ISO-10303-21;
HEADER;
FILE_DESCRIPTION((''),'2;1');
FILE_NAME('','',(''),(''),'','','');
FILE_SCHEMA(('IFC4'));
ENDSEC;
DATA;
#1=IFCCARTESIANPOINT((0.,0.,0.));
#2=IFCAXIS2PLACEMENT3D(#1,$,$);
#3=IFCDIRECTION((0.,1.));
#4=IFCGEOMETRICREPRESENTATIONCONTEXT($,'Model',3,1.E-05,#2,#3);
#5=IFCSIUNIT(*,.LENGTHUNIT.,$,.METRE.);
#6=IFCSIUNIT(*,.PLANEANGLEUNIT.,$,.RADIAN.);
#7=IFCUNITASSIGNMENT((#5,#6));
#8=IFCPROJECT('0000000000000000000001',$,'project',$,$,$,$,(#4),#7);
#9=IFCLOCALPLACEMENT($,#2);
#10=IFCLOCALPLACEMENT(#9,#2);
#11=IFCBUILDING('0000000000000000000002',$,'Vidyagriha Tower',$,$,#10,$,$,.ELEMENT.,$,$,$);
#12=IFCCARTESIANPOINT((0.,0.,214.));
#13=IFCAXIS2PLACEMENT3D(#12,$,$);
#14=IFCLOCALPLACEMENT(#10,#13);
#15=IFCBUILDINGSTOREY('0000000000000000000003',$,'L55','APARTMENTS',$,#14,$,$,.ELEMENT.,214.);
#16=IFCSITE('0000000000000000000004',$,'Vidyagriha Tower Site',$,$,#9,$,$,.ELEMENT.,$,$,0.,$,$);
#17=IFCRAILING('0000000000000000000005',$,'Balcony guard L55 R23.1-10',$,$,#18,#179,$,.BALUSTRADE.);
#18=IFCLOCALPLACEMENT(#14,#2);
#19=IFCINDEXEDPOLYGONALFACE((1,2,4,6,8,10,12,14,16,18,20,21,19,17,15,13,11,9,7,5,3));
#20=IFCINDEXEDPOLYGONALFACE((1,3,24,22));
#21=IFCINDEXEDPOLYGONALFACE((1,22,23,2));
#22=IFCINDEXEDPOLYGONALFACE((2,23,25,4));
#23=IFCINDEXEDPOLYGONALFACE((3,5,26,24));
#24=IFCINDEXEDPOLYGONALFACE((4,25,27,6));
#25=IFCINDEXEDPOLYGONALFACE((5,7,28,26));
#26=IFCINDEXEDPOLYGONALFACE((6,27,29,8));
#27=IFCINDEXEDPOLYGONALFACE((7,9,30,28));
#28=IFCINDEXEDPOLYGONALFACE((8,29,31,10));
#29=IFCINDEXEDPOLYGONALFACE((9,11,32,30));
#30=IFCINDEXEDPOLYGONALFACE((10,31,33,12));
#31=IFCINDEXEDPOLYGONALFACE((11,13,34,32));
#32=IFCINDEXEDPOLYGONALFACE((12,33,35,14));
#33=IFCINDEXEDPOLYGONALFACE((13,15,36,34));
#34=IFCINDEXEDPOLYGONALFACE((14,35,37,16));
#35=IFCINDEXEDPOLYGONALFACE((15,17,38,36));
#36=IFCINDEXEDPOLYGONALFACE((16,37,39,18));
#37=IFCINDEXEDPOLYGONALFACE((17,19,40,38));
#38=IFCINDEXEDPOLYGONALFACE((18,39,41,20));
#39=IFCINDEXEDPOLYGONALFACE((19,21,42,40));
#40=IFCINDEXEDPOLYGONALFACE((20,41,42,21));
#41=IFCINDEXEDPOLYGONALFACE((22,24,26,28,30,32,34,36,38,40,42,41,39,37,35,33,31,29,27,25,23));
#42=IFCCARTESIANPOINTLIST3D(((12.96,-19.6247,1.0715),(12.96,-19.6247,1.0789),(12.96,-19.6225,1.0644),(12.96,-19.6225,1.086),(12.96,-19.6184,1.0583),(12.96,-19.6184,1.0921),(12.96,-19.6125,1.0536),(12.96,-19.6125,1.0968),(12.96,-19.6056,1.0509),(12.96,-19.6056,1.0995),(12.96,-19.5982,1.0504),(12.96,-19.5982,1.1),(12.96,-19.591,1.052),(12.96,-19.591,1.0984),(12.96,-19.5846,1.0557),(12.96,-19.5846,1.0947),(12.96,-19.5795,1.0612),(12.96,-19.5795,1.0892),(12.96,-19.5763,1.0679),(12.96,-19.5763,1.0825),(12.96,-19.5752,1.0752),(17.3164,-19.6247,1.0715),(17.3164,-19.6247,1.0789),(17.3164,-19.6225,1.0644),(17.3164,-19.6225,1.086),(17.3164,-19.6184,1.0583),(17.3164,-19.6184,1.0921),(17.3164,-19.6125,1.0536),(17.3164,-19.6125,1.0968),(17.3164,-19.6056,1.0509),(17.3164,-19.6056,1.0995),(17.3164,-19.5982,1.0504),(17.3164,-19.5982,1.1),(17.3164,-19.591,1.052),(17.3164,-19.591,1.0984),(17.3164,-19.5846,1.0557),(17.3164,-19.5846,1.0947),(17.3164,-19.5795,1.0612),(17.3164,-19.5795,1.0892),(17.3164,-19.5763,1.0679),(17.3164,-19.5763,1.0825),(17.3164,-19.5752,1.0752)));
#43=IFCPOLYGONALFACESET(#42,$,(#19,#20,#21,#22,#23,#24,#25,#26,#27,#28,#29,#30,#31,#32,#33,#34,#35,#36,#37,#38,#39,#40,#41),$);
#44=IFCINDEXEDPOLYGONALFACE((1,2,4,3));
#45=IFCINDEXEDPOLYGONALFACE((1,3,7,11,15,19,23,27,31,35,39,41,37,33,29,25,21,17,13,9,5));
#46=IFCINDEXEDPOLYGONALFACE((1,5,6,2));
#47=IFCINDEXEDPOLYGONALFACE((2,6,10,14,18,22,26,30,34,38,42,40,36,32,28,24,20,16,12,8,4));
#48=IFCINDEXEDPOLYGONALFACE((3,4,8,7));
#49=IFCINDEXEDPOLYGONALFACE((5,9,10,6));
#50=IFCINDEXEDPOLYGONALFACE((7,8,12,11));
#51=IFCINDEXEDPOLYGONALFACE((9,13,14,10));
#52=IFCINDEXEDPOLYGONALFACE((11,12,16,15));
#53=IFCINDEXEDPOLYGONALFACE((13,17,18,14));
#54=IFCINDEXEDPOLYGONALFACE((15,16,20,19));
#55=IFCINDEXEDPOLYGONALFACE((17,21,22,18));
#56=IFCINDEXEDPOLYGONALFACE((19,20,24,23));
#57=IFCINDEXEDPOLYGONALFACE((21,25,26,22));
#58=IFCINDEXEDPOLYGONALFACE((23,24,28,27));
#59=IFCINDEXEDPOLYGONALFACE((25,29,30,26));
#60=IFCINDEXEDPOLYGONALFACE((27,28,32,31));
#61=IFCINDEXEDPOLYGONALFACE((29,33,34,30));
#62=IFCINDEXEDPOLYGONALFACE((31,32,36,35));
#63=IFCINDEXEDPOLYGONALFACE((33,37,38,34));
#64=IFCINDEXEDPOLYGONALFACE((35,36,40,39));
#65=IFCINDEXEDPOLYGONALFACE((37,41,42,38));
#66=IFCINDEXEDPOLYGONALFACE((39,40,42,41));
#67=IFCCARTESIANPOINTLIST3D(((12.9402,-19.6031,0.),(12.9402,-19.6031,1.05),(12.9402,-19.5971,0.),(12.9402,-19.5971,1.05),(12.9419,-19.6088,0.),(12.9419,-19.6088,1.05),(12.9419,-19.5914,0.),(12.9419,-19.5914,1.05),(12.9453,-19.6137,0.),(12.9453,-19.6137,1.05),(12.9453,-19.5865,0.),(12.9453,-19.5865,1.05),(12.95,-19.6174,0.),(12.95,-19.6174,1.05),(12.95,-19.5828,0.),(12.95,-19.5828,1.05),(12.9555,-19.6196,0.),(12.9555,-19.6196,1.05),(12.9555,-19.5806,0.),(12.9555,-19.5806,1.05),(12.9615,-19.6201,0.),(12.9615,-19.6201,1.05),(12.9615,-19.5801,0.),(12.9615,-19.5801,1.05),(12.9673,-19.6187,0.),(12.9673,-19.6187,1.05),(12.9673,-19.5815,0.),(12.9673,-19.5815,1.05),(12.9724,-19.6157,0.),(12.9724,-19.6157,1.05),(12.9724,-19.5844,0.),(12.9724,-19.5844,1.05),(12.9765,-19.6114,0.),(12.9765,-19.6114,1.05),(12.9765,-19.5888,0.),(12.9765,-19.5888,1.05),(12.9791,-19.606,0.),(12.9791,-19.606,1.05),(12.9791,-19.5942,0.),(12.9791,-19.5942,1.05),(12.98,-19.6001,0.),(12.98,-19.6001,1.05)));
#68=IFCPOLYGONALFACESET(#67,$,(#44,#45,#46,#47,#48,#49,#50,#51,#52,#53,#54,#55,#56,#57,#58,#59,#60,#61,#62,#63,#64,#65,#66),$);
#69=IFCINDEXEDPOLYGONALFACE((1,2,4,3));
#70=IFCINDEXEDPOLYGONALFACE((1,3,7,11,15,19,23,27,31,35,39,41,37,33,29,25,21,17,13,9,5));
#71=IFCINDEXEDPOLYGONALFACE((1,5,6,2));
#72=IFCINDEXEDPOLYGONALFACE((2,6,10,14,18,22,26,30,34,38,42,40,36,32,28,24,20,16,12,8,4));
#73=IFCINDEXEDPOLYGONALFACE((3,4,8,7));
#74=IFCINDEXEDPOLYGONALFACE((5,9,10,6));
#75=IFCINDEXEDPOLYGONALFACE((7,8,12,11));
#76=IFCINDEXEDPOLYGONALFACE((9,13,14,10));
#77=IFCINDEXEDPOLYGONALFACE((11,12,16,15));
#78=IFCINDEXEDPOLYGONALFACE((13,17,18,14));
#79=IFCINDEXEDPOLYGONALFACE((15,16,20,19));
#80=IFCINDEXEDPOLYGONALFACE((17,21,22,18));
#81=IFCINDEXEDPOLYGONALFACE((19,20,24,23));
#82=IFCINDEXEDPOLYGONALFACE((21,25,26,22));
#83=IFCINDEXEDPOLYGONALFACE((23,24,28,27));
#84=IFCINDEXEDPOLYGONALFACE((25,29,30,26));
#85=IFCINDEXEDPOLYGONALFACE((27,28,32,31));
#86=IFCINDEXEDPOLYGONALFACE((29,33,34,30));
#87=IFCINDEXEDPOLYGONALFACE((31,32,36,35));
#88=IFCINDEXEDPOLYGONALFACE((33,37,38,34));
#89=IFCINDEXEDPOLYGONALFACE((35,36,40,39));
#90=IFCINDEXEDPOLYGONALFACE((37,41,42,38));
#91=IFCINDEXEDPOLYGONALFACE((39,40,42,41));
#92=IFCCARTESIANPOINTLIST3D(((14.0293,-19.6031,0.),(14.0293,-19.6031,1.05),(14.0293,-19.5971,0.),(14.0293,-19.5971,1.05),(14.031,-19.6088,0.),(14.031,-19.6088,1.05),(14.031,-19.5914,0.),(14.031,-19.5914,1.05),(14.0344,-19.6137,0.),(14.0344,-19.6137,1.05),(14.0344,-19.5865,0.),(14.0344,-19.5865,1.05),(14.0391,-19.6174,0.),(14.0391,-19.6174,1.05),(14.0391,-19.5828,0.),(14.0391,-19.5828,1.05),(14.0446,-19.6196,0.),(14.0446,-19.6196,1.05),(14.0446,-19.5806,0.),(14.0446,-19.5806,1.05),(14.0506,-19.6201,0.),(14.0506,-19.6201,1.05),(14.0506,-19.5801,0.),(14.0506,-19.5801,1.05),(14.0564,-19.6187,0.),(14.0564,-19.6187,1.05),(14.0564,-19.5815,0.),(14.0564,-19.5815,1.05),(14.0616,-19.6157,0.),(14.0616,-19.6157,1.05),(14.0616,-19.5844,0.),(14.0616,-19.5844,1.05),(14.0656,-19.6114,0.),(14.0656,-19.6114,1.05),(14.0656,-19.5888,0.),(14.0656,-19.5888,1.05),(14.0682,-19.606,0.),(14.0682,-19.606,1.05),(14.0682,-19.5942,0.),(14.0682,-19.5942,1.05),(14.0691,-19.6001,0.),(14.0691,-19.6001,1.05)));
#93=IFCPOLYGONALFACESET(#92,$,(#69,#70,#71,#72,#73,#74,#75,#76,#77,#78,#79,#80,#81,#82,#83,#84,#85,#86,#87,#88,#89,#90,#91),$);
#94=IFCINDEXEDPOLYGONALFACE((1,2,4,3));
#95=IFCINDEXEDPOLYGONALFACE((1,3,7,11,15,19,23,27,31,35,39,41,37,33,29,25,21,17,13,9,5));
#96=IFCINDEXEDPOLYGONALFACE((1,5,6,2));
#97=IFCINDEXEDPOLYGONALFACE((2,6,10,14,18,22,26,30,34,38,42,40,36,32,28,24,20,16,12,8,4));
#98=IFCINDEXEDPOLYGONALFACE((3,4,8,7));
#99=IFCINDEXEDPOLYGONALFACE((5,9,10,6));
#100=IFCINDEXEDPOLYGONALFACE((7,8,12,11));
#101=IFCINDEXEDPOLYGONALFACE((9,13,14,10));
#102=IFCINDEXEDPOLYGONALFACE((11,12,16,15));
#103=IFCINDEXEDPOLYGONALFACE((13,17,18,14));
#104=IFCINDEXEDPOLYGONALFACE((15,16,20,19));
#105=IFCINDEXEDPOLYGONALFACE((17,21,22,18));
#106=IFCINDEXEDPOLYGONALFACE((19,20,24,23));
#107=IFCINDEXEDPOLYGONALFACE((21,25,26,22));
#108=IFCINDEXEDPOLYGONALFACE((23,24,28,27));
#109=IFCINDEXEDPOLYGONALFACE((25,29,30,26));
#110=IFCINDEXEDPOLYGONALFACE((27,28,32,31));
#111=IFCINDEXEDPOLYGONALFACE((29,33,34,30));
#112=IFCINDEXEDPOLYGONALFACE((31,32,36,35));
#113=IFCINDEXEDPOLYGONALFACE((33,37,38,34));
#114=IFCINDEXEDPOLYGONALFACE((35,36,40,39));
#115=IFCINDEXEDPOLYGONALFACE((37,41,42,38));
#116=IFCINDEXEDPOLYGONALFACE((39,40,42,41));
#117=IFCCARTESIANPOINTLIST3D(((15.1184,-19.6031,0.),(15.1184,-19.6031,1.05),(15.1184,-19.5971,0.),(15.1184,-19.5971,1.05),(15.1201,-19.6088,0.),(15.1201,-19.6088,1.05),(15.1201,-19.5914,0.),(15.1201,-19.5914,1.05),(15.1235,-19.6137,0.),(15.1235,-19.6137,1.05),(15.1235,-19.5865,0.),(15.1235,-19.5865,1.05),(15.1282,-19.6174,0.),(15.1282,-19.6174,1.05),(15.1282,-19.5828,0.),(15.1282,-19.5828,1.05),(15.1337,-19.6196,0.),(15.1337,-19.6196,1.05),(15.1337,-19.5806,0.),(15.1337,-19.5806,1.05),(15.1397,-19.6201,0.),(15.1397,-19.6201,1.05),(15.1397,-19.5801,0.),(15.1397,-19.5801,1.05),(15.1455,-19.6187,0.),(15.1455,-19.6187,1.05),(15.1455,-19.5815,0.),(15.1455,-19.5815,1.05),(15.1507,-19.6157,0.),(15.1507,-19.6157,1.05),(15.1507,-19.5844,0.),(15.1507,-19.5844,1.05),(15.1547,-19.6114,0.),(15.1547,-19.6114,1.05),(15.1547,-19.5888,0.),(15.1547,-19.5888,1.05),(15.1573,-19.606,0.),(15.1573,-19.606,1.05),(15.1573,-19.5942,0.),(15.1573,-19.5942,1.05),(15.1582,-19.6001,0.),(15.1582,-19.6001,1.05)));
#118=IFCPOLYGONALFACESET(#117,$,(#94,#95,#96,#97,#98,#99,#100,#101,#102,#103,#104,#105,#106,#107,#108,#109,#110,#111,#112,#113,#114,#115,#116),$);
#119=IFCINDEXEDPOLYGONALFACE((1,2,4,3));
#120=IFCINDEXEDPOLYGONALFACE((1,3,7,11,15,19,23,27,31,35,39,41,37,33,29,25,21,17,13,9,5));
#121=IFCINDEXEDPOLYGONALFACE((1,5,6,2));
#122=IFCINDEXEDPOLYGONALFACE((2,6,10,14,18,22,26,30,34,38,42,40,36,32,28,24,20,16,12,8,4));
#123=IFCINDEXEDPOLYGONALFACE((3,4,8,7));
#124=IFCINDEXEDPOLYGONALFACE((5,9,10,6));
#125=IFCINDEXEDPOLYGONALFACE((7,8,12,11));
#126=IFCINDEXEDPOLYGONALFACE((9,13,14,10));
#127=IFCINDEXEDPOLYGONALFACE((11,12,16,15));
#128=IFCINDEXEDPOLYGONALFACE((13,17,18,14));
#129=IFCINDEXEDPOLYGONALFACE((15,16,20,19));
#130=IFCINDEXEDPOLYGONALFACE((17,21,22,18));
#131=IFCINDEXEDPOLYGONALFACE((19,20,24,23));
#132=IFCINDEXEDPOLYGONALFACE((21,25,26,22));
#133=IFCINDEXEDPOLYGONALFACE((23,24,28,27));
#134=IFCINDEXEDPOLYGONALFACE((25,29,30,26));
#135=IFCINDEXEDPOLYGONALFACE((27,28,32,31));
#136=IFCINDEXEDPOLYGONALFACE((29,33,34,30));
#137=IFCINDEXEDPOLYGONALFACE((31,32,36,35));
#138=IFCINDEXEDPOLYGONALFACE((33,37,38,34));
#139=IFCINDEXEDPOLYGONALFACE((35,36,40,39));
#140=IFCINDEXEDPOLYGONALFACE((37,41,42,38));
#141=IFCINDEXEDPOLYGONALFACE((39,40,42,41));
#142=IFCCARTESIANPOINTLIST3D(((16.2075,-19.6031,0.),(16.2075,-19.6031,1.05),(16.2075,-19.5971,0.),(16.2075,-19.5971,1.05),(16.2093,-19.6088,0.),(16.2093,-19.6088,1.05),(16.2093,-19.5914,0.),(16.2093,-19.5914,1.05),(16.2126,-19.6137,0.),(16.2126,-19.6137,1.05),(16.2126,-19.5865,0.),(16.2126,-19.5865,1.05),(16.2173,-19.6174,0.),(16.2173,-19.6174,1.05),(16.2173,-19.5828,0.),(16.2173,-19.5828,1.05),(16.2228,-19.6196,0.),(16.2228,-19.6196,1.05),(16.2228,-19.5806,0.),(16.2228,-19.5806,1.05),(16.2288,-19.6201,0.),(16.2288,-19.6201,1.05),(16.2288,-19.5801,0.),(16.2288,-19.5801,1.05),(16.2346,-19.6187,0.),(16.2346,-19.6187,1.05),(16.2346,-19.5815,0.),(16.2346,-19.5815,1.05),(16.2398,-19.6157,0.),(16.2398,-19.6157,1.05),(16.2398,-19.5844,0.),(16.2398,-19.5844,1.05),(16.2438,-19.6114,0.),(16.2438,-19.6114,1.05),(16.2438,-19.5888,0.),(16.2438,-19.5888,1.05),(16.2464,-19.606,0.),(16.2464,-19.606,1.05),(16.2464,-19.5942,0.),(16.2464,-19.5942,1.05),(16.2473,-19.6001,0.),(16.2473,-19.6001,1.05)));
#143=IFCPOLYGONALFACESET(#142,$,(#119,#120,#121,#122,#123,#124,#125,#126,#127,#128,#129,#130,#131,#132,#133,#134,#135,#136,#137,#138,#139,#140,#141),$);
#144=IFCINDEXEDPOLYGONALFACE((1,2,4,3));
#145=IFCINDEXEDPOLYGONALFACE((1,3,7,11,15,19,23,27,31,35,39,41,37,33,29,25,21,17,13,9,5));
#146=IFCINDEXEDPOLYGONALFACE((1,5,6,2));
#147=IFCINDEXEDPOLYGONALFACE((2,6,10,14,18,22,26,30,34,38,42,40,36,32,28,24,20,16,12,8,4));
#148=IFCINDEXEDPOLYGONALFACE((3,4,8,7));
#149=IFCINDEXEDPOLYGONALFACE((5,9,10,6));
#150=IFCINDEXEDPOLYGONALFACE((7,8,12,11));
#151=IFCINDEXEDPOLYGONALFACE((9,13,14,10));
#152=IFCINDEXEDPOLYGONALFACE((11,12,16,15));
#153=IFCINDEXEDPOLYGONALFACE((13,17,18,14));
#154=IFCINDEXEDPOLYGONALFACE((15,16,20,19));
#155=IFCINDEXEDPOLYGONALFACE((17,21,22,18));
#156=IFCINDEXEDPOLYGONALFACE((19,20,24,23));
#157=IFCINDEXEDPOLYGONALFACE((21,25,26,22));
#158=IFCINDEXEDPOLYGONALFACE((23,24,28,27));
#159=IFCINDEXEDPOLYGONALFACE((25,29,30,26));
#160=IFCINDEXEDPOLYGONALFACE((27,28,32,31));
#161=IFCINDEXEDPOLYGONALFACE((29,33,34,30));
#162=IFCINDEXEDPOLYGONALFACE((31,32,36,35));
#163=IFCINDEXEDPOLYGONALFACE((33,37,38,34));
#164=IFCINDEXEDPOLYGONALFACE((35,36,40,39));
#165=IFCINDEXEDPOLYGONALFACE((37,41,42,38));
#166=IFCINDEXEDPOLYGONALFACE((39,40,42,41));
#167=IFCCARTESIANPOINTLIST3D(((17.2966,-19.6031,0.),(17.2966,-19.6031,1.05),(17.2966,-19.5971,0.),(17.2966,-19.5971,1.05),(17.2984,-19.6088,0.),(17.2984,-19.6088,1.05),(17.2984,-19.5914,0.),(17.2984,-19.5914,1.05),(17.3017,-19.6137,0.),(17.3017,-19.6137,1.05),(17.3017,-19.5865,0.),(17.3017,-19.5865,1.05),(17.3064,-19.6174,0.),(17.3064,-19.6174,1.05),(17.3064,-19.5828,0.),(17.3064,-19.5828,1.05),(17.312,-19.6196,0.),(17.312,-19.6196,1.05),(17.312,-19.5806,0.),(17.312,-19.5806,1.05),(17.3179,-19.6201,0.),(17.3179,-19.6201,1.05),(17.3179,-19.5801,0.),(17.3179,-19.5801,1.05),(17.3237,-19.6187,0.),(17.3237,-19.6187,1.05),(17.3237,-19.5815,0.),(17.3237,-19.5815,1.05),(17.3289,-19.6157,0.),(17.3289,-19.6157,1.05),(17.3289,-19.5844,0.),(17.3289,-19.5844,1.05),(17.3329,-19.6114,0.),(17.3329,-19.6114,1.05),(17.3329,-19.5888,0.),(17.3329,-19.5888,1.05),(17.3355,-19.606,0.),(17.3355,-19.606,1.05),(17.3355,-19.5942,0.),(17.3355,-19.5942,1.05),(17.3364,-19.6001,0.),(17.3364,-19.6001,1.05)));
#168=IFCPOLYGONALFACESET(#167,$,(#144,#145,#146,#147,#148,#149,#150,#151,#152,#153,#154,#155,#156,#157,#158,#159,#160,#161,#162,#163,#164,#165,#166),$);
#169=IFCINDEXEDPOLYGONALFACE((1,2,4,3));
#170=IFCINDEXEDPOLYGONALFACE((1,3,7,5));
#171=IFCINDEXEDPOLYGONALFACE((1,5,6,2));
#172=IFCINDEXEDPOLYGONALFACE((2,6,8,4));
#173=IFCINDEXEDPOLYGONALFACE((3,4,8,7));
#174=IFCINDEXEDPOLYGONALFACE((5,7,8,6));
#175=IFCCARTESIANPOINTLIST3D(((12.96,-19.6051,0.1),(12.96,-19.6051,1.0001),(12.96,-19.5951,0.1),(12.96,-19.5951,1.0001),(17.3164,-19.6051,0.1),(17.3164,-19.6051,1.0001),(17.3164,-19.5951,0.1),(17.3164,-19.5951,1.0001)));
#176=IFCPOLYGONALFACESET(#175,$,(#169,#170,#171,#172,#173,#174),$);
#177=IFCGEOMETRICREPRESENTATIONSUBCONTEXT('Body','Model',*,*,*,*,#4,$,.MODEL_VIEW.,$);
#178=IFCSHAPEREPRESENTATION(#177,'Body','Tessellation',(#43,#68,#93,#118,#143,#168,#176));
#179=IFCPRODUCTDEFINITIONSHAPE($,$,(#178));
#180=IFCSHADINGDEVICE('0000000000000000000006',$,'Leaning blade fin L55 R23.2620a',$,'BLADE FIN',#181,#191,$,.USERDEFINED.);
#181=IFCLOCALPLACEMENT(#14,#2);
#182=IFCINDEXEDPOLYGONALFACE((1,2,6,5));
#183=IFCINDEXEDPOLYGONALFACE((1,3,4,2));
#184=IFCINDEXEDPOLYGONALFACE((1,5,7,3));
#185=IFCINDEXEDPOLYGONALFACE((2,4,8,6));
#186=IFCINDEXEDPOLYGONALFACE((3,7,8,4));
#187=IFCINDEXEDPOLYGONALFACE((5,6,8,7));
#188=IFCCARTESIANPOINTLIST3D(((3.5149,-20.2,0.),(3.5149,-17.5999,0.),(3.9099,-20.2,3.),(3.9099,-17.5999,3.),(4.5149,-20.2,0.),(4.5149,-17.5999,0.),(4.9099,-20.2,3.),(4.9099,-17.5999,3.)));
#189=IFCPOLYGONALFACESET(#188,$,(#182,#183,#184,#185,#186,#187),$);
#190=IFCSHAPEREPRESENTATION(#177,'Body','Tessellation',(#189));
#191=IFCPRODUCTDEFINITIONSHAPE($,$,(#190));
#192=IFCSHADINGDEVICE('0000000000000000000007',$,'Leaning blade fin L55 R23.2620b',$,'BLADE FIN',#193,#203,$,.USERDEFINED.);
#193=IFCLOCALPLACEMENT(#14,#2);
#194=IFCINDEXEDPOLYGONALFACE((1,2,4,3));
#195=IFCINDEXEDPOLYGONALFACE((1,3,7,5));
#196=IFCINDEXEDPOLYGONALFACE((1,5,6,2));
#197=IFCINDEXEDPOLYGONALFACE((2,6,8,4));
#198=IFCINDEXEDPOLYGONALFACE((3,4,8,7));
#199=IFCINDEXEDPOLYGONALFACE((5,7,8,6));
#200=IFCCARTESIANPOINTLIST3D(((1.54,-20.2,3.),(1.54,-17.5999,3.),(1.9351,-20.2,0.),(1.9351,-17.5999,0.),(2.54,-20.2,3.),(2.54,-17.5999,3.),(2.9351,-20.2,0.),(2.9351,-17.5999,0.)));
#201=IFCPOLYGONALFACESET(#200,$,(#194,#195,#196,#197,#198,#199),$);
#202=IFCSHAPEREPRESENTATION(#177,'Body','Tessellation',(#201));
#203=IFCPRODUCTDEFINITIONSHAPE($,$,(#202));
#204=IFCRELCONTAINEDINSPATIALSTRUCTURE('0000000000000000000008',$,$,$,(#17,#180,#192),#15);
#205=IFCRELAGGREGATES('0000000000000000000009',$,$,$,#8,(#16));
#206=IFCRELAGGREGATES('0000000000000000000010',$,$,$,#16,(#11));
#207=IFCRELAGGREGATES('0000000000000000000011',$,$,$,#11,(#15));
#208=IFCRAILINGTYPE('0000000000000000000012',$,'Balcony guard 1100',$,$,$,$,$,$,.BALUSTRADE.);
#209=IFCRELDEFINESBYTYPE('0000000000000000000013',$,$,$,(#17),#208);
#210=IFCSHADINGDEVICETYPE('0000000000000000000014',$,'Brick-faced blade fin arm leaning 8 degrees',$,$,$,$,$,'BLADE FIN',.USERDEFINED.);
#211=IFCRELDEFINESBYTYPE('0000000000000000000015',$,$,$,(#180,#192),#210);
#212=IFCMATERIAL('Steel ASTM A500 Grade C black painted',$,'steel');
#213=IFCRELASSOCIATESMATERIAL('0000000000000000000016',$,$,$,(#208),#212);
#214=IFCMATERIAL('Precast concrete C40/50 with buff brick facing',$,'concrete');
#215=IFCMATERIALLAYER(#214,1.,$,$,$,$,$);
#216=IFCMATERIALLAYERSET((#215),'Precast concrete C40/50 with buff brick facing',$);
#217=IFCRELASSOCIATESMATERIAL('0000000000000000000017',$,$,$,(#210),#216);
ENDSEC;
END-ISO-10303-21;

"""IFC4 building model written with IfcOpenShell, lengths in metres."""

from ifc_helpers import new_model, si_unit, direction, frame, origin, origin_2d, place, context, subcontext, project, spatial, polyline, rectangle, circle, outline, extrude, material, layer, layer_set, type_object, element, save


model = new_model("IFC4")

# Units and contexts
model_context = context("Model", 3, precision=1e-05, world=origin(), true_north=direction((0.0, 1.0)))
body_context = subcontext(model_context, "Body", "Model", "MODEL_VIEW")
ifc_project = project(units=[si_unit("LENGTHUNIT", "METRE"), si_unit("PLANEANGLEUNIT", "RADIAN")], contexts=[model_context])

# Site, building, storey
site_placement = place(None, origin())
site = spatial("IfcSite", under=ifc_project, at=site_placement, Name="Vidyagriha Tower Site", CompositionType="ELEMENT", RefElevation=0.0)
building_placement = place(site_placement, origin())
building = spatial("IfcBuilding", under=site, at=building_placement, Name="Vidyagriha Tower", CompositionType="ELEMENT")
storey_placement = place(building_placement, frame((0.0, 0.0, 214.0)))
storey = spatial("IfcBuildingStorey", under=building, at=storey_placement, Name="L55", Description="APARTMENTS", CompositionType="ELEMENT", Elevation=214.0)

# Railing
ifc_material_1 = material(Name="Steel ASTM A500 Grade C black painted", Category="steel")
railing_type = type_object("IfcRailingType", Name="Balcony guard 1100", PredefinedType="BALUSTRADE", material=ifc_material_1)
railing_1_placement = place(storey_placement, frame((12.96, -19.6001, 0.0)))
element("IfcRailing", 1, at=railing_1_placement, inside=storey, type_object=railing_type, Name="Balcony guard L55 R23.1-10", PredefinedType="BALUSTRADE", context=body_context, shape_type="SweptSolid", body=[
    extrude(circle(Radius=0.0249, at=origin_2d()), frame((0.0, 0.0, 1.0752), z_axis=(1.0, 0.0, 0.0), x_axis=(0.0, 1.0, 0.0)), (0.0, 0.0, 1.0), 4.3564),
    extrude(circle(Radius=0.02, at=origin_2d()), origin(), (0.0, 0.0, 1.0), 1.05),
    extrude(circle(Radius=0.02, at=origin_2d()), frame((1.0891, 0.0, 0.0)), (0.0, 0.0, 1.0), 1.05),
    extrude(circle(Radius=0.02, at=origin_2d()), frame((2.1782, 0.0, 0.0)), (0.0, 0.0, 1.0), 1.05),
    extrude(circle(Radius=0.02, at=origin_2d()), frame((3.2673, 0.0, 0.0)), (0.0, 0.0, 1.0), 1.05),
    extrude(circle(Radius=0.02, at=origin_2d()), frame((4.3564, 0.0, 0.0)), (0.0, 0.0, 1.0), 1.05),
    extrude(rectangle(XDim=0.01, YDim=0.9001, at=origin_2d()), frame((0.0, 0.0, 0.55), z_axis=(1.0, 0.0, 0.0), x_axis=(0.0, 1.0, 0.0)), (0.0, 0.0, 1.0), 4.3564),
])

# Shading devices
ifc_material_2 = material(Name="Precast concrete C40/50 with buff brick facing", Category="concrete")
ifc_layer_1 = layer(ifc_material_2, 1.0)
ifc_layer_set_1 = layer_set([ifc_layer_1], Name="Precast concrete C40/50 with buff brick facing")
shading_device_type = type_object("IfcShadingDeviceType", Name="Brick-faced blade fin arm leaning 8 degrees", ElementType="BLADE FIN", PredefinedType="USERDEFINED", material=ifc_layer_set_1)
shading_device_1_placement = place(storey_placement, frame((3.5149, -18.8999, 0.0)))
element("IfcShadingDevice", 2, at=shading_device_1_placement, inside=storey, type_object=shading_device_type, Name="Leaning blade fin L55 R23.2620a", ObjectType="BLADE FIN", PredefinedType="USERDEFINED", context=body_context, shape_type="SweptSolid", body=[
    extrude(outline(polyline([(0.0, 0.0), (1.0, 0.0), (1.395, 3.0), (0.395, 3.0), (0.0, 0.0)])), frame((0.0, 1.3, 0.0), z_axis=(0.0, -1.0, 0.0), x_axis=(1.0, 0.0, 0.0)), (0.0, 0.0, 1.0), 2.6001),
])
shading_device_2_placement = place(storey_placement, frame((1.54, -18.8999, 0.0)))
element("IfcShadingDevice", 3, at=shading_device_2_placement, inside=storey, type_object=shading_device_type, Name="Leaning blade fin L55 R23.2620b", ObjectType="BLADE FIN", PredefinedType="USERDEFINED", context=body_context, shape_type="SweptSolid", body=[
    extrude(outline(polyline([(0.395, 0.0), (1.395, 0.0), (1.0, 3.0), (0.0, 3.0), (0.395, 0.0)])), frame((0.0, 1.3, 0.0), z_axis=(0.0, -1.0, 0.0), x_axis=(1.0, 0.0, 0.0)), (0.0, 0.0, 1.0), 2.6001),
])

save(model, "model.ifc")
